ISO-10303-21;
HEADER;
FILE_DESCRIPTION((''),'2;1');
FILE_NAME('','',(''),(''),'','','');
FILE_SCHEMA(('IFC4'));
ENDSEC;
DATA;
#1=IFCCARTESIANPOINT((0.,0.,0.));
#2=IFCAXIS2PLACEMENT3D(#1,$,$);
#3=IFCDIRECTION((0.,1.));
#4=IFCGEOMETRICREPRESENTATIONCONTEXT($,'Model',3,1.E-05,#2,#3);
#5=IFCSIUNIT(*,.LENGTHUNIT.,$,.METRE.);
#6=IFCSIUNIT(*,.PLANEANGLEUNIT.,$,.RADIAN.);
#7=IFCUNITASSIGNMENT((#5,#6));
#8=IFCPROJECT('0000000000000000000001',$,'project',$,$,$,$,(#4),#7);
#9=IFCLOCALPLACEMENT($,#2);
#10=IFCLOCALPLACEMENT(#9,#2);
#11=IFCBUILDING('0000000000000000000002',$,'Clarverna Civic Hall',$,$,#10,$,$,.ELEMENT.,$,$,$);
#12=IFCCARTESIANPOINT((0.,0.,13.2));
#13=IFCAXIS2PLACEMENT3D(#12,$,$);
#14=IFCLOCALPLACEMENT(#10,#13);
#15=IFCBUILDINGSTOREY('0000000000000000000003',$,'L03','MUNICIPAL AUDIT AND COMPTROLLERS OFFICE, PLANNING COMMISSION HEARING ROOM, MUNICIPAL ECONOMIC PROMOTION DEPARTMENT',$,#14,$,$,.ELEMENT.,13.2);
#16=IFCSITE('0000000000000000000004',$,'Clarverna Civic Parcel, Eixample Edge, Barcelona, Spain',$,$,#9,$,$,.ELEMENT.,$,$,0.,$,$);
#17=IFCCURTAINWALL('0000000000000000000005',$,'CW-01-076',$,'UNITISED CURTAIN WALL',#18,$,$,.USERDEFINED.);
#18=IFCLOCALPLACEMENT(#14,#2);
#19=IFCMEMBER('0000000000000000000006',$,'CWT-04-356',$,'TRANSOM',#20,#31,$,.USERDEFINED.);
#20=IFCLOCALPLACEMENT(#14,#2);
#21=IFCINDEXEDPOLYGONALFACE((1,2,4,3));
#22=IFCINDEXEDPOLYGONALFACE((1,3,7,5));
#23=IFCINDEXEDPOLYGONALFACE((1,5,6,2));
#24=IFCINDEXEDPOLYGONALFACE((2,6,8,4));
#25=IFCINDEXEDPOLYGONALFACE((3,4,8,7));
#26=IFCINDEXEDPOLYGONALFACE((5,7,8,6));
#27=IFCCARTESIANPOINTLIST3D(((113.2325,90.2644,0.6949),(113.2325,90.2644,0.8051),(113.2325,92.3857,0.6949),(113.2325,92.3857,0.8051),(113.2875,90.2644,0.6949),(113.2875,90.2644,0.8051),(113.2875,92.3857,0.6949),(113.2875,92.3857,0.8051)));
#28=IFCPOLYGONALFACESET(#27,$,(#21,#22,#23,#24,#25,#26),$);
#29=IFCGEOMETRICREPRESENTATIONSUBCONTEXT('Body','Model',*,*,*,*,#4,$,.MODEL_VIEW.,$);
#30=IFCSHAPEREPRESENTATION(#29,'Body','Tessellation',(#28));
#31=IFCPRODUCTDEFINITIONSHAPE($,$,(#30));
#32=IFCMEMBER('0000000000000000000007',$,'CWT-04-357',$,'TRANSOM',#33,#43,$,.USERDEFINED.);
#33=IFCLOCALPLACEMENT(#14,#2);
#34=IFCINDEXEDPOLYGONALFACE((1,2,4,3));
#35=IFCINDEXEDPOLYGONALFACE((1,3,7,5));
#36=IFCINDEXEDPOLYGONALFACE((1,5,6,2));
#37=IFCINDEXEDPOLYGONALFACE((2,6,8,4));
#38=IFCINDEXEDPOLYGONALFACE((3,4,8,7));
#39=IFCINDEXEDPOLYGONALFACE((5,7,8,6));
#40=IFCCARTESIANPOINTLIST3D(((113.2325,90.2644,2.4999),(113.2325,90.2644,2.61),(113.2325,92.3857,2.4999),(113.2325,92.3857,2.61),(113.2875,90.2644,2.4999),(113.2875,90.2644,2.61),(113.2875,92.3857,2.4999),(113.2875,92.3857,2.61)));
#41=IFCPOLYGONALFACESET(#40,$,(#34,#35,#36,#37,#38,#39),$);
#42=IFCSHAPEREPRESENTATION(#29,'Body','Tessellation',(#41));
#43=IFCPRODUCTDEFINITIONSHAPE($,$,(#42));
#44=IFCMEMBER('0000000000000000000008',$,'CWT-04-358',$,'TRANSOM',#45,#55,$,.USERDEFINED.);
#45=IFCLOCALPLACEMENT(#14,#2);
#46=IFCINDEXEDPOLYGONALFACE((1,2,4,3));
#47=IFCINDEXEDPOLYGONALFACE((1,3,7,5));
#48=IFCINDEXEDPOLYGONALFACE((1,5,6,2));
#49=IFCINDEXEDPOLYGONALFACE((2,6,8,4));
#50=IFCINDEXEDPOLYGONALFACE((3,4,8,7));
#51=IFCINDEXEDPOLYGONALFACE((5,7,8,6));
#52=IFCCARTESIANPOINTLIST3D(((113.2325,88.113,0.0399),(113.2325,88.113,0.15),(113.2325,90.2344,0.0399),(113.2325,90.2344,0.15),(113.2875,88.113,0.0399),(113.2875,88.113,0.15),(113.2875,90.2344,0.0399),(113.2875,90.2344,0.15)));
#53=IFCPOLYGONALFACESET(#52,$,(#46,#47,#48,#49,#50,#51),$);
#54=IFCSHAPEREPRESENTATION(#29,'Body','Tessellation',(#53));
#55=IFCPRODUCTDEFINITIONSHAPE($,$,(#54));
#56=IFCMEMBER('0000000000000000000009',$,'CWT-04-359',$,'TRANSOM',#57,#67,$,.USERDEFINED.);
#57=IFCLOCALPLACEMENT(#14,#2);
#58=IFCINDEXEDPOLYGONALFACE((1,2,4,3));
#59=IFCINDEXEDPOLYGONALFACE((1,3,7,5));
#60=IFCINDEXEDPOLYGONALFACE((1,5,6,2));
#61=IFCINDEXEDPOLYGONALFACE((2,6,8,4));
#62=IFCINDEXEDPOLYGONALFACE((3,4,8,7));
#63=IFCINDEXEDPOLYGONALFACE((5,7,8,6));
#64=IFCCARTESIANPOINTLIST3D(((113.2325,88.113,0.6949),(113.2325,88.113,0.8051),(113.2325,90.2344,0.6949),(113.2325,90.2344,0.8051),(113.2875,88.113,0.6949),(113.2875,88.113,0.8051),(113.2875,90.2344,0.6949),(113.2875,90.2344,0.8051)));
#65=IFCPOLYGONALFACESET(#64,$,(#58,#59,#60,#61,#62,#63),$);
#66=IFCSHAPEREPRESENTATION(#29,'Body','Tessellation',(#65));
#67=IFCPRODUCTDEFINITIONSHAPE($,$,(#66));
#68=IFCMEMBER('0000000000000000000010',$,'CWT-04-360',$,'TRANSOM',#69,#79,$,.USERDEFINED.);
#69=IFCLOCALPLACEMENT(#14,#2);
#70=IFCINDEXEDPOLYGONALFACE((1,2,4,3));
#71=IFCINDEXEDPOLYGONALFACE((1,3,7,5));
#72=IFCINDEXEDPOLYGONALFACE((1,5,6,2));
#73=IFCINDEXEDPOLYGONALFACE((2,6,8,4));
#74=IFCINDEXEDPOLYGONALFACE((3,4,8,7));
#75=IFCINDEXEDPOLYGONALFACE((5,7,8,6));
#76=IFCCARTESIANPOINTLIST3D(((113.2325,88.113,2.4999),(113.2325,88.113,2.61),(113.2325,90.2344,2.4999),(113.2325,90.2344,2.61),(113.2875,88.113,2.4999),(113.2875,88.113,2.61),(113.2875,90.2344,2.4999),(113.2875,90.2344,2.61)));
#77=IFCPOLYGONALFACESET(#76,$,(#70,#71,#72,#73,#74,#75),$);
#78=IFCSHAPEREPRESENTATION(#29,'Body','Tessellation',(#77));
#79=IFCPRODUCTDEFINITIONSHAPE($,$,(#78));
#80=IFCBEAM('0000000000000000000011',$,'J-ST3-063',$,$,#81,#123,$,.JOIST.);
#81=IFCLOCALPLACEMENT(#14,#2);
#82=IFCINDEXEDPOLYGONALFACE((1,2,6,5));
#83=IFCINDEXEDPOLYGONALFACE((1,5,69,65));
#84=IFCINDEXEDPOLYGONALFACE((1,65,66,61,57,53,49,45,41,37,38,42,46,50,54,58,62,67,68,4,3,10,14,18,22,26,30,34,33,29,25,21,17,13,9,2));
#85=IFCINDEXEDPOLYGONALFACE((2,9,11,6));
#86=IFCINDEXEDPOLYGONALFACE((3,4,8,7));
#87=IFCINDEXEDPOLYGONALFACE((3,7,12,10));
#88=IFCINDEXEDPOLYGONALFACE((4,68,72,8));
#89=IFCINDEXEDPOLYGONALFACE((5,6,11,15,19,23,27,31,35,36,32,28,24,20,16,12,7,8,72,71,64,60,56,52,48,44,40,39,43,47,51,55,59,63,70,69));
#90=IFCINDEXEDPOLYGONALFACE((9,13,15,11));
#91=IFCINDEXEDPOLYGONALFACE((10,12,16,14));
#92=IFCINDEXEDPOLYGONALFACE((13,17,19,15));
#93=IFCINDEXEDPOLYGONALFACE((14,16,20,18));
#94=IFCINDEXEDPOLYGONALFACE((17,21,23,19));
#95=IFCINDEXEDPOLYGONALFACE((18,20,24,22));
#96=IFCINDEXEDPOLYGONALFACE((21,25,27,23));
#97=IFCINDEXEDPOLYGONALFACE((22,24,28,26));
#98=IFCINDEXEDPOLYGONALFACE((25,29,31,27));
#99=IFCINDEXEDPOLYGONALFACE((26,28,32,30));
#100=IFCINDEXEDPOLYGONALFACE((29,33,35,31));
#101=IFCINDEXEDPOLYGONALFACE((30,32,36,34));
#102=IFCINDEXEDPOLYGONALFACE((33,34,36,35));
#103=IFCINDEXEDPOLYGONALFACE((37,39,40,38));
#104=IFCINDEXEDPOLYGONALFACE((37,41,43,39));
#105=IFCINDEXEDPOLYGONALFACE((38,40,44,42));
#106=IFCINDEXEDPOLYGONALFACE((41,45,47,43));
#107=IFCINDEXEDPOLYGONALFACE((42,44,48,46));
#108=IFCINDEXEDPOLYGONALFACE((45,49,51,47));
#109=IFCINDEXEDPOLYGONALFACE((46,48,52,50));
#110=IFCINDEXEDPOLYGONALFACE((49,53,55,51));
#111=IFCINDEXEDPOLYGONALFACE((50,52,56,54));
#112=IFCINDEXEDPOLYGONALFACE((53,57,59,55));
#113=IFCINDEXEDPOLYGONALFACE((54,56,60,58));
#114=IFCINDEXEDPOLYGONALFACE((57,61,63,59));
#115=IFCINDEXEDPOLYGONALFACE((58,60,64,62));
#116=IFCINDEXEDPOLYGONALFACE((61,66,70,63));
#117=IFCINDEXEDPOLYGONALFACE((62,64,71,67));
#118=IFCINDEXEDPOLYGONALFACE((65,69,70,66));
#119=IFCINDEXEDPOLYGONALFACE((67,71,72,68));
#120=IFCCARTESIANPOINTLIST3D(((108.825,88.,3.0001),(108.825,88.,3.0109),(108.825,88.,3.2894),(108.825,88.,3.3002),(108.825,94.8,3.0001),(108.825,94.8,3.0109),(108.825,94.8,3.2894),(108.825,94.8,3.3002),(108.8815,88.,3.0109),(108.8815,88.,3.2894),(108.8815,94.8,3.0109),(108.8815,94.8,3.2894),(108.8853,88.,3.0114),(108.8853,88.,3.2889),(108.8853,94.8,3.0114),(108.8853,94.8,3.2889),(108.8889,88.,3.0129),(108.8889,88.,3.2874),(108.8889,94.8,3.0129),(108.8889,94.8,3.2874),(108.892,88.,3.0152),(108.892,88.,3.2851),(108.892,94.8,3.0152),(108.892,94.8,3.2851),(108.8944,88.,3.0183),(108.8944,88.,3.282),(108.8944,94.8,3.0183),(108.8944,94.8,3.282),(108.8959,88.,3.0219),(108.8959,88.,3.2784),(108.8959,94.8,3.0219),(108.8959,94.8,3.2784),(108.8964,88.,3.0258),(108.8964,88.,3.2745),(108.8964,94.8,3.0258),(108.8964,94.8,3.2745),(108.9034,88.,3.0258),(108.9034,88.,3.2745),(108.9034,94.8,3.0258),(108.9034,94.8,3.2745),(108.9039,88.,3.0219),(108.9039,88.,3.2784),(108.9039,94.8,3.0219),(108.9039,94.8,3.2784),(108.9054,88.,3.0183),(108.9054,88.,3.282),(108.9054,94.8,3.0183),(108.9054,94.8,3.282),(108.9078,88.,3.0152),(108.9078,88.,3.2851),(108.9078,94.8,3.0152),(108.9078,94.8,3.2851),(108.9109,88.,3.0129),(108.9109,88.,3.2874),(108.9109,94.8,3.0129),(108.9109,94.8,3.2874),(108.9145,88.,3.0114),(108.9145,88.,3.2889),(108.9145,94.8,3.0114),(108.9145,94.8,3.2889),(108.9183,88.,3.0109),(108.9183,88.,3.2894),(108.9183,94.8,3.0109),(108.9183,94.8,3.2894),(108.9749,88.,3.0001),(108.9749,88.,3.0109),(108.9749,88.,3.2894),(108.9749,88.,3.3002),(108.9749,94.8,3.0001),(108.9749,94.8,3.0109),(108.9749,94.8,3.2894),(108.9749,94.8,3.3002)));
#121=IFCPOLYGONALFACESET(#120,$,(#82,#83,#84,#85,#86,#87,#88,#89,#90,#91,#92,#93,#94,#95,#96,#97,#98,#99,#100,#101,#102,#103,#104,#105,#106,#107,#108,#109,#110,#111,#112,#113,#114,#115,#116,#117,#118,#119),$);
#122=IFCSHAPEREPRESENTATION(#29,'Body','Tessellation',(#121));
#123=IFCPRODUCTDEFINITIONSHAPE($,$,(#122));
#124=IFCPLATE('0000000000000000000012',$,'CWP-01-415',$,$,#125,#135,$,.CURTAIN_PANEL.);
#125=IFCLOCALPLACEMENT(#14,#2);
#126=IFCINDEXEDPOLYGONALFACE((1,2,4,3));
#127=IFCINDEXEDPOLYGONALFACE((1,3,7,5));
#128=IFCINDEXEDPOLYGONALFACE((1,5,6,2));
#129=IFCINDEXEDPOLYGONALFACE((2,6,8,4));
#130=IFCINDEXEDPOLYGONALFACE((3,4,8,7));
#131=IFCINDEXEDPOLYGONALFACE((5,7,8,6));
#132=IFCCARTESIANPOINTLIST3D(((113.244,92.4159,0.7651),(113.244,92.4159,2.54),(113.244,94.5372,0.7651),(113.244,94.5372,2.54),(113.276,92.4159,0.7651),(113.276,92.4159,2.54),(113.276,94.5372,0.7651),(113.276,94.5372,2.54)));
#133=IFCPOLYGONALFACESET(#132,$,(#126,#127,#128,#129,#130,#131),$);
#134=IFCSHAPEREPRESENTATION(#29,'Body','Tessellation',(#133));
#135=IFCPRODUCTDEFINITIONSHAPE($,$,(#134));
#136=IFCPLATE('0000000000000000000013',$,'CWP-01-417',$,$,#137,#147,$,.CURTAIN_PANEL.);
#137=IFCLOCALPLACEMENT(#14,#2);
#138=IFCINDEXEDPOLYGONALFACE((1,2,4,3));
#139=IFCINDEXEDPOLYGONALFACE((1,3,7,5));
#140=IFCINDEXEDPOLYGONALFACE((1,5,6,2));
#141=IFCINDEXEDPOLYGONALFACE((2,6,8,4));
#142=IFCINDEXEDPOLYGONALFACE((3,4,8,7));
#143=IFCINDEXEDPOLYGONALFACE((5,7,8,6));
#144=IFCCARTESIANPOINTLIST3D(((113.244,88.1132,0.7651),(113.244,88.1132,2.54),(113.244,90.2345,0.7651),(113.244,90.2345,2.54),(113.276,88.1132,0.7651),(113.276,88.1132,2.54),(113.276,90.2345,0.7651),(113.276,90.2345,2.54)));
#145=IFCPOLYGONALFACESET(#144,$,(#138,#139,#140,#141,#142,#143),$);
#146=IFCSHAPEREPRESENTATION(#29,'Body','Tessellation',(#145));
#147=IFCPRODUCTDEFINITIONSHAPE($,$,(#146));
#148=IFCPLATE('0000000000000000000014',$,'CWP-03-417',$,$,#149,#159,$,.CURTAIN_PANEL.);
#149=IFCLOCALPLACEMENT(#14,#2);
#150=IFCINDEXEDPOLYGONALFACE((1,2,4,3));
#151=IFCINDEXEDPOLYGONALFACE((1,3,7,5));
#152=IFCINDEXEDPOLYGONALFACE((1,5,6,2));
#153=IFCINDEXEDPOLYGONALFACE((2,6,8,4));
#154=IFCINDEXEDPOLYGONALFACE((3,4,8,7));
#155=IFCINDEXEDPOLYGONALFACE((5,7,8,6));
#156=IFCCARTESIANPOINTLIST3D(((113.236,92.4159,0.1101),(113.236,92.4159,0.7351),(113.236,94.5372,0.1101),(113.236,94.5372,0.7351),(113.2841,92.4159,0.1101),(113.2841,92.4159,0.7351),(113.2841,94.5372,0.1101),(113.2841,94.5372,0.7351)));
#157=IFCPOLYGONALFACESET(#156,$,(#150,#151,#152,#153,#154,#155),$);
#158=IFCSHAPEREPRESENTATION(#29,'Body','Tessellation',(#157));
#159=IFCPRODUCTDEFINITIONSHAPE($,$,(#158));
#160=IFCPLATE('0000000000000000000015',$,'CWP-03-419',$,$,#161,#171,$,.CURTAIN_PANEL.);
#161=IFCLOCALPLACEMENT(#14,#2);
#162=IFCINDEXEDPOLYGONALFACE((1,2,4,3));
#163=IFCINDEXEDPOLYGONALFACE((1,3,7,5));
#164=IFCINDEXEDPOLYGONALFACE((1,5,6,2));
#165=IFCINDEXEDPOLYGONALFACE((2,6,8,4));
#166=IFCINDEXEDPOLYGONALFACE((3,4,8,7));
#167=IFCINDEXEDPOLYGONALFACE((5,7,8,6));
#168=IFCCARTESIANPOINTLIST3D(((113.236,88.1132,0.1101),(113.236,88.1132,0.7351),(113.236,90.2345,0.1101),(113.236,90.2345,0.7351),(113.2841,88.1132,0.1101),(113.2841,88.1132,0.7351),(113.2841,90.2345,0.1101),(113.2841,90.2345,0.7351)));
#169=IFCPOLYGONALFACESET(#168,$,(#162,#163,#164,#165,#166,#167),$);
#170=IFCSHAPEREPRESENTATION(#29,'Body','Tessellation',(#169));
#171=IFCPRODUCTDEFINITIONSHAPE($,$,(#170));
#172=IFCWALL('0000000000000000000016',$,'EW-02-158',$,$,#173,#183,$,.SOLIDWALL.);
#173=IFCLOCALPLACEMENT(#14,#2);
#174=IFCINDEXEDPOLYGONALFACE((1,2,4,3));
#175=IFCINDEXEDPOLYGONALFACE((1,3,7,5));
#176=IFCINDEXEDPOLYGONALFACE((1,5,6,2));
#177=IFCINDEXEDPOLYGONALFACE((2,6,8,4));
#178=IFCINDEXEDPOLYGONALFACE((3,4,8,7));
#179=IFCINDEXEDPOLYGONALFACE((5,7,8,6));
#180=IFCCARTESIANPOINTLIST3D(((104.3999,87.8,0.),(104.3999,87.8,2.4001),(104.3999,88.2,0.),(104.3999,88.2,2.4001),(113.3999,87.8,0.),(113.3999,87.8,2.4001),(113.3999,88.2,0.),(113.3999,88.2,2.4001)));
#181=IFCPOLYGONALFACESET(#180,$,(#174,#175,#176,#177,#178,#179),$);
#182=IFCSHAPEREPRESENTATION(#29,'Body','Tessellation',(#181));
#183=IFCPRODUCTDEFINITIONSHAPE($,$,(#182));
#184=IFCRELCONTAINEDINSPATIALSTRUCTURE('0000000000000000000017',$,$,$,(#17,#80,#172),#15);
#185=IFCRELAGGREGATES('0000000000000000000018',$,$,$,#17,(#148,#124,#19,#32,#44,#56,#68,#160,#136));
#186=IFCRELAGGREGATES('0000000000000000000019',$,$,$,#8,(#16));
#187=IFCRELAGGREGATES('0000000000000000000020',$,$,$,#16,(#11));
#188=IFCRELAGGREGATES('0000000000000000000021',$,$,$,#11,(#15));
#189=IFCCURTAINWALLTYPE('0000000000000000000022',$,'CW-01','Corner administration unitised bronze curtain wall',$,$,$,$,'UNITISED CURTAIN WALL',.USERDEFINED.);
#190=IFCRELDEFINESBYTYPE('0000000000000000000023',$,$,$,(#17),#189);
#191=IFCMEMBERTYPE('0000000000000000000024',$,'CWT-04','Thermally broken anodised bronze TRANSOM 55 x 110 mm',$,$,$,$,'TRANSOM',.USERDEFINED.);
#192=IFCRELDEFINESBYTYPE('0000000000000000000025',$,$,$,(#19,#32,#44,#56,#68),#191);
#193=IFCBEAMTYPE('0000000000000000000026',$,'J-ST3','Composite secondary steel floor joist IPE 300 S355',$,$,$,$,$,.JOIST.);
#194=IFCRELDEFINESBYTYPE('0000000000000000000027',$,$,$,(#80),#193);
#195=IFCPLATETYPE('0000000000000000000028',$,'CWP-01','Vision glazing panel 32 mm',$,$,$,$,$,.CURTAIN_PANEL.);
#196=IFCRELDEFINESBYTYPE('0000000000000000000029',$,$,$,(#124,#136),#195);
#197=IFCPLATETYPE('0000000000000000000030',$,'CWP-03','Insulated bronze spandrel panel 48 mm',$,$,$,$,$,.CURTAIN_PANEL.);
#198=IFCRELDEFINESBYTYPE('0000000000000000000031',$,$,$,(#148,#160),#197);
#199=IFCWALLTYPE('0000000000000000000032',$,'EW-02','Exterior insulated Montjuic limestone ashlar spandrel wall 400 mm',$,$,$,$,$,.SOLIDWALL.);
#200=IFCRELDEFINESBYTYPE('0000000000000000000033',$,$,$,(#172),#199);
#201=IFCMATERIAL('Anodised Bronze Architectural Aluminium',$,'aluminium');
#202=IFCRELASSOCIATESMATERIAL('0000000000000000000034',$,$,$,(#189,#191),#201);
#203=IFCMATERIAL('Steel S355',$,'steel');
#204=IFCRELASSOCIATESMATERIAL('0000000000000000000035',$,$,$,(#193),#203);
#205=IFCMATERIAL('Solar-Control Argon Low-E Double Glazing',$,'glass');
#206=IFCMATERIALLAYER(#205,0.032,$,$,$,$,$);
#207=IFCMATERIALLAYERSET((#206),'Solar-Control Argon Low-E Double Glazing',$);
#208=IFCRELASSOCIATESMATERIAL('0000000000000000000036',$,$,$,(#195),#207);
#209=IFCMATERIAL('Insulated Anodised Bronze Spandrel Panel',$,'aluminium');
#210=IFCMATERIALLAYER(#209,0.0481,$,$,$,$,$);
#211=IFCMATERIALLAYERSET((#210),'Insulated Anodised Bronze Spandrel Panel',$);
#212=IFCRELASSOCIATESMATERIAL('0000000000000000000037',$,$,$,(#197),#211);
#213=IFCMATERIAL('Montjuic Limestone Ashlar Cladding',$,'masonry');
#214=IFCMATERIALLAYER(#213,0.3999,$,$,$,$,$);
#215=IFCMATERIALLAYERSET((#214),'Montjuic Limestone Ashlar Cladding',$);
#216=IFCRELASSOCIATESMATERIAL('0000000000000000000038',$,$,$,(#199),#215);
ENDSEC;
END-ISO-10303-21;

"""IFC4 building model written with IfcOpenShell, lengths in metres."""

from ifc_helpers import new_model, si_unit, direction, frame, frame_2d, origin, origin_2d, place, context, subcontext, project, spatial, rectangle, i_section, extrude, material, layer, layer_set, material_profile, profile_set, type_object, element, aggregate, save


model = new_model("IFC4")

# Units and contexts
model_context = context("Model", 3, precision=1e-05, world=origin(), true_north=direction((0.0, 1.0)))
body_context = subcontext(model_context, "Body", "Model", "MODEL_VIEW")
ifc_project = project(units=[si_unit("LENGTHUNIT", "METRE"), si_unit("PLANEANGLEUNIT", "RADIAN")], contexts=[model_context])

# Site, building, storey
site_placement = place(None, origin())
site = spatial("IfcSite", under=ifc_project, at=site_placement, Name="Clarverna Civic Parcel, Eixample Edge, Barcelona, Spain", CompositionType="ELEMENT", RefElevation=0.0)
building_placement = place(site_placement, origin())
building = spatial("IfcBuilding", under=site, at=building_placement, Name="Clarverna Civic Hall", CompositionType="ELEMENT")
storey_placement = place(building_placement, frame((0.0, 0.0, 13.2)))
storey = spatial("IfcBuildingStorey", under=building, at=storey_placement, Name="L03", Description="MUNICIPAL AUDIT AND COMPTROLLERS OFFICE, PLANNING COMMISSION HEARING ROOM, MUNICIPAL ECONOMIC PROMOTION DEPARTMENT", CompositionType="ELEMENT", Elevation=13.2)

# Curtain wall, members
ifc_material_1 = material(Name="Anodised Bronze Architectural Aluminium", Category="aluminium")
curtain_wall_type = type_object("IfcCurtainWallType", Name="CW-01", Description="Corner administration unitised bronze curtain wall", ElementType="UNITISED CURTAIN WALL", PredefinedType="USERDEFINED", material=ifc_material_1)
curtain_wall_placement = place(storey_placement, origin())
curtain_wall = element("IfcCurtainWall", 1, at=curtain_wall_placement, inside=storey, type_object=curtain_wall_type, Name="CW-01-076", ObjectType="UNITISED CURTAIN WALL", PredefinedType="USERDEFINED")
ifc_material_profile_1 = material_profile(ifc_material_1, rectangle(XDim=0.0549, YDim=0.1101, at=origin_2d()), Name="BRONZE 55x110")
ifc_profile_set_1 = profile_set([ifc_material_profile_1], Name="Anodised Bronze Architectural Aluminium")
member_type_1 = type_object("IfcMemberType", Name="CWT-04", Description="Thermally broken anodised bronze TRANSOM 55 x 110 mm", ElementType="TRANSOM", PredefinedType="USERDEFINED", material=ifc_profile_set_1)
member_1_placement = place(storey_placement, frame((113.26, 92.3857, 0.75), z_axis=(0.0, -1.0, 0.0), x_axis=(1.0, 0.0, 0.0)))
member_1 = element("IfcMember", 2, at=member_1_placement, type_object=member_type_1, Name="CWT-04-356", ObjectType="TRANSOM", PredefinedType="USERDEFINED", context=body_context, shape_type="SweptSolid", body=[
    extrude(rectangle(XDim=0.0549, YDim=0.1101, at=origin_2d()), origin(), (0.0, 0.0, 1.0), 2.1213),
])
member_2_placement = place(storey_placement, frame((113.26, 92.3857, 2.5549), z_axis=(0.0, -1.0, 0.0), x_axis=(1.0, 0.0, 0.0)))
member_2 = element("IfcMember", 3, at=member_2_placement, type_object=member_type_1, Name="CWT-04-357", ObjectType="TRANSOM", PredefinedType="USERDEFINED", context=body_context, shape_type="SweptSolid", body=[
    extrude(rectangle(XDim=0.0549, YDim=0.1101, at=origin_2d()), origin(), (0.0, 0.0, 1.0), 2.1213),
])
member_3_placement = place(storey_placement, frame((113.26, 90.2344, 0.095), z_axis=(0.0, -1.0, 0.0), x_axis=(1.0, 0.0, 0.0)))
member_3 = element("IfcMember", 4, at=member_3_placement, type_object=member_type_1, Name="CWT-04-358", ObjectType="TRANSOM", PredefinedType="USERDEFINED", context=body_context, shape_type="SweptSolid", body=[
    extrude(rectangle(XDim=0.0549, YDim=0.1101, at=origin_2d()), origin(), (0.0, 0.0, 1.0), 2.1213),
])
member_4_placement = place(storey_placement, frame((113.26, 90.2344, 0.75), z_axis=(0.0, -1.0, 0.0), x_axis=(1.0, 0.0, 0.0)))
member_4 = element("IfcMember", 5, at=member_4_placement, type_object=member_type_1, Name="CWT-04-359", ObjectType="TRANSOM", PredefinedType="USERDEFINED", context=body_context, shape_type="SweptSolid", body=[
    extrude(rectangle(XDim=0.0549, YDim=0.1101, at=origin_2d()), origin(), (0.0, 0.0, 1.0), 2.1213),
])
member_5_placement = place(storey_placement, frame((113.26, 90.2344, 2.5549), z_axis=(0.0, -1.0, 0.0), x_axis=(1.0, 0.0, 0.0)))
member_5 = element("IfcMember", 6, at=member_5_placement, type_object=member_type_1, Name="CWT-04-360", ObjectType="TRANSOM", PredefinedType="USERDEFINED", context=body_context, shape_type="SweptSolid", body=[
    extrude(rectangle(XDim=0.0549, YDim=0.1101, at=origin_2d()), origin(), (0.0, 0.0, 1.0), 2.1213),
])

# Beam
ifc_material_2 = material(Name="Steel S355", Category="steel")
ifc_material_profile_2 = material_profile(ifc_material_2, i_section(OverallWidth=0.1499, OverallDepth=0.3, WebThickness=0.0071, FlangeThickness=0.0107, FilletRadius=0.0149, at=origin_2d()), Name="IPE 300")
ifc_profile_set_2 = profile_set([ifc_material_profile_2], Name="Steel S355")
beam_type_1 = type_object("IfcBeamType", Name="J-ST3", Description="Composite secondary steel floor joist IPE 300 S355", PredefinedType="JOIST", material=ifc_profile_set_2)
beam_1_placement = place(storey_placement, frame((108.8999, 88.0, 3.1501), z_axis=(0.0, 1.0, 0.0), x_axis=(-1.0, 0.0, 0.0)))
element("IfcBeam", 7, at=beam_1_placement, inside=storey, type_object=beam_type_1, Name="J-ST3-063", PredefinedType="JOIST", context=body_context, shape_type="SweptSolid", body=[
    extrude(i_section(OverallWidth=0.1499, OverallDepth=0.3, WebThickness=0.0071, FlangeThickness=0.0107, FilletRadius=0.0149, at=origin_2d()), origin(), (0.0, 0.0, 1.0), 6.8),
])

# Plates
ifc_material_3 = material(Name="Solar-Control Argon Low-E Double Glazing", Category="glass")
ifc_layer_1 = layer(ifc_material_3, 0.032)
ifc_layer_set_1 = layer_set([ifc_layer_1], Name="Solar-Control Argon Low-E Double Glazing")
plate_type_1 = type_object("IfcPlateType", Name="CWP-01", Description="Vision glazing panel 32 mm", PredefinedType="CURTAIN_PANEL", material=ifc_layer_set_1)
plate_1_placement = place(storey_placement, frame((113.26, 94.5371, 0.7651), z_axis=(0.0, 0.0, 1.0), x_axis=(0.0, -1.0, 0.0)))
plate_1 = element("IfcPlate", 8, at=plate_1_placement, type_object=plate_type_1, Name="CWP-01-415", PredefinedType="CURTAIN_PANEL", context=body_context, shape_type="SweptSolid", body=[
    extrude(rectangle(XDim=2.1213, YDim=0.032, at=frame_2d((1.0605, 0.0))), origin(), (0.0, 0.0, 1.0), 1.7749),
])
plate_2_placement = place(storey_placement, frame((113.26, 90.2344, 0.7651), z_axis=(0.0, 0.0, 1.0), x_axis=(0.0, -1.0, 0.0)))
plate_2 = element("IfcPlate", 9, at=plate_2_placement, type_object=plate_type_1, Name="CWP-01-417", PredefinedType="CURTAIN_PANEL", context=body_context, shape_type="SweptSolid", body=[
    extrude(rectangle(XDim=2.1213, YDim=0.032, at=frame_2d((1.0605, 0.0))), origin(), (0.0, 0.0, 1.0), 1.7749),
])
ifc_material_4 = material(Name="Insulated Anodised Bronze Spandrel Panel", Category="aluminium")
ifc_layer_2 = layer(ifc_material_4, 0.0481)
ifc_layer_set_2 = layer_set([ifc_layer_2], Name="Insulated Anodised Bronze Spandrel Panel")
plate_type_2 = type_object("IfcPlateType", Name="CWP-03", Description="Insulated bronze spandrel panel 48 mm", PredefinedType="CURTAIN_PANEL", material=ifc_layer_set_2)
plate_3_placement = place(storey_placement, frame((113.26, 94.5371, 0.1101), z_axis=(0.0, 0.0, 1.0), x_axis=(0.0, -1.0, 0.0)))
plate_3 = element("IfcPlate", 10, at=plate_3_placement, type_object=plate_type_2, Name="CWP-03-417", PredefinedType="CURTAIN_PANEL", context=body_context, shape_type="SweptSolid", body=[
    extrude(rectangle(XDim=2.1213, YDim=0.0481, at=frame_2d((1.0605, 0.0))), origin(), (0.0, 0.0, 1.0), 0.625),
])
plate_4_placement = place(storey_placement, frame((113.26, 90.2344, 0.1101), z_axis=(0.0, 0.0, 1.0), x_axis=(0.0, -1.0, 0.0)))
plate_4 = element("IfcPlate", 11, at=plate_4_placement, type_object=plate_type_2, Name="CWP-03-419", PredefinedType="CURTAIN_PANEL", context=body_context, shape_type="SweptSolid", body=[
    extrude(rectangle(XDim=2.1213, YDim=0.0481, at=frame_2d((1.0605, 0.0))), origin(), (0.0, 0.0, 1.0), 0.625),
])
aggregate(curtain_wall, [plate_3, plate_1, member_1, member_2, member_3, member_4, member_5, plate_4, plate_2])

# Wall
ifc_material_5 = material(Name="Montjuic Limestone Ashlar Cladding", Category="masonry")
ifc_layer_3 = layer(ifc_material_5, 0.3999)
ifc_layer_set_3 = layer_set([ifc_layer_3], Name="Montjuic Limestone Ashlar Cladding")
wall_type = type_object("IfcWallType", Name="EW-02", Description="Exterior insulated Montjuic limestone ashlar spandrel wall 400 mm", PredefinedType="SOLIDWALL", material=ifc_layer_set_3)
wall_1_placement = place(storey_placement, frame((113.3999, 88.0, 0.0), z_axis=(0.0, 0.0, 1.0), x_axis=(-1.0, 0.0, 0.0)))
element("IfcWall", 12, at=wall_1_placement, inside=storey, type_object=wall_type, Name="EW-02-158", PredefinedType="SOLIDWALL", context=body_context, shape_type="SweptSolid", body=[
    extrude(rectangle(XDim=9.0, YDim=0.3999, at=frame_2d((4.5, 0.0))), origin(), (0.0, 0.0, 1.0), 2.4001),
])

save(model, "model.ifc")
